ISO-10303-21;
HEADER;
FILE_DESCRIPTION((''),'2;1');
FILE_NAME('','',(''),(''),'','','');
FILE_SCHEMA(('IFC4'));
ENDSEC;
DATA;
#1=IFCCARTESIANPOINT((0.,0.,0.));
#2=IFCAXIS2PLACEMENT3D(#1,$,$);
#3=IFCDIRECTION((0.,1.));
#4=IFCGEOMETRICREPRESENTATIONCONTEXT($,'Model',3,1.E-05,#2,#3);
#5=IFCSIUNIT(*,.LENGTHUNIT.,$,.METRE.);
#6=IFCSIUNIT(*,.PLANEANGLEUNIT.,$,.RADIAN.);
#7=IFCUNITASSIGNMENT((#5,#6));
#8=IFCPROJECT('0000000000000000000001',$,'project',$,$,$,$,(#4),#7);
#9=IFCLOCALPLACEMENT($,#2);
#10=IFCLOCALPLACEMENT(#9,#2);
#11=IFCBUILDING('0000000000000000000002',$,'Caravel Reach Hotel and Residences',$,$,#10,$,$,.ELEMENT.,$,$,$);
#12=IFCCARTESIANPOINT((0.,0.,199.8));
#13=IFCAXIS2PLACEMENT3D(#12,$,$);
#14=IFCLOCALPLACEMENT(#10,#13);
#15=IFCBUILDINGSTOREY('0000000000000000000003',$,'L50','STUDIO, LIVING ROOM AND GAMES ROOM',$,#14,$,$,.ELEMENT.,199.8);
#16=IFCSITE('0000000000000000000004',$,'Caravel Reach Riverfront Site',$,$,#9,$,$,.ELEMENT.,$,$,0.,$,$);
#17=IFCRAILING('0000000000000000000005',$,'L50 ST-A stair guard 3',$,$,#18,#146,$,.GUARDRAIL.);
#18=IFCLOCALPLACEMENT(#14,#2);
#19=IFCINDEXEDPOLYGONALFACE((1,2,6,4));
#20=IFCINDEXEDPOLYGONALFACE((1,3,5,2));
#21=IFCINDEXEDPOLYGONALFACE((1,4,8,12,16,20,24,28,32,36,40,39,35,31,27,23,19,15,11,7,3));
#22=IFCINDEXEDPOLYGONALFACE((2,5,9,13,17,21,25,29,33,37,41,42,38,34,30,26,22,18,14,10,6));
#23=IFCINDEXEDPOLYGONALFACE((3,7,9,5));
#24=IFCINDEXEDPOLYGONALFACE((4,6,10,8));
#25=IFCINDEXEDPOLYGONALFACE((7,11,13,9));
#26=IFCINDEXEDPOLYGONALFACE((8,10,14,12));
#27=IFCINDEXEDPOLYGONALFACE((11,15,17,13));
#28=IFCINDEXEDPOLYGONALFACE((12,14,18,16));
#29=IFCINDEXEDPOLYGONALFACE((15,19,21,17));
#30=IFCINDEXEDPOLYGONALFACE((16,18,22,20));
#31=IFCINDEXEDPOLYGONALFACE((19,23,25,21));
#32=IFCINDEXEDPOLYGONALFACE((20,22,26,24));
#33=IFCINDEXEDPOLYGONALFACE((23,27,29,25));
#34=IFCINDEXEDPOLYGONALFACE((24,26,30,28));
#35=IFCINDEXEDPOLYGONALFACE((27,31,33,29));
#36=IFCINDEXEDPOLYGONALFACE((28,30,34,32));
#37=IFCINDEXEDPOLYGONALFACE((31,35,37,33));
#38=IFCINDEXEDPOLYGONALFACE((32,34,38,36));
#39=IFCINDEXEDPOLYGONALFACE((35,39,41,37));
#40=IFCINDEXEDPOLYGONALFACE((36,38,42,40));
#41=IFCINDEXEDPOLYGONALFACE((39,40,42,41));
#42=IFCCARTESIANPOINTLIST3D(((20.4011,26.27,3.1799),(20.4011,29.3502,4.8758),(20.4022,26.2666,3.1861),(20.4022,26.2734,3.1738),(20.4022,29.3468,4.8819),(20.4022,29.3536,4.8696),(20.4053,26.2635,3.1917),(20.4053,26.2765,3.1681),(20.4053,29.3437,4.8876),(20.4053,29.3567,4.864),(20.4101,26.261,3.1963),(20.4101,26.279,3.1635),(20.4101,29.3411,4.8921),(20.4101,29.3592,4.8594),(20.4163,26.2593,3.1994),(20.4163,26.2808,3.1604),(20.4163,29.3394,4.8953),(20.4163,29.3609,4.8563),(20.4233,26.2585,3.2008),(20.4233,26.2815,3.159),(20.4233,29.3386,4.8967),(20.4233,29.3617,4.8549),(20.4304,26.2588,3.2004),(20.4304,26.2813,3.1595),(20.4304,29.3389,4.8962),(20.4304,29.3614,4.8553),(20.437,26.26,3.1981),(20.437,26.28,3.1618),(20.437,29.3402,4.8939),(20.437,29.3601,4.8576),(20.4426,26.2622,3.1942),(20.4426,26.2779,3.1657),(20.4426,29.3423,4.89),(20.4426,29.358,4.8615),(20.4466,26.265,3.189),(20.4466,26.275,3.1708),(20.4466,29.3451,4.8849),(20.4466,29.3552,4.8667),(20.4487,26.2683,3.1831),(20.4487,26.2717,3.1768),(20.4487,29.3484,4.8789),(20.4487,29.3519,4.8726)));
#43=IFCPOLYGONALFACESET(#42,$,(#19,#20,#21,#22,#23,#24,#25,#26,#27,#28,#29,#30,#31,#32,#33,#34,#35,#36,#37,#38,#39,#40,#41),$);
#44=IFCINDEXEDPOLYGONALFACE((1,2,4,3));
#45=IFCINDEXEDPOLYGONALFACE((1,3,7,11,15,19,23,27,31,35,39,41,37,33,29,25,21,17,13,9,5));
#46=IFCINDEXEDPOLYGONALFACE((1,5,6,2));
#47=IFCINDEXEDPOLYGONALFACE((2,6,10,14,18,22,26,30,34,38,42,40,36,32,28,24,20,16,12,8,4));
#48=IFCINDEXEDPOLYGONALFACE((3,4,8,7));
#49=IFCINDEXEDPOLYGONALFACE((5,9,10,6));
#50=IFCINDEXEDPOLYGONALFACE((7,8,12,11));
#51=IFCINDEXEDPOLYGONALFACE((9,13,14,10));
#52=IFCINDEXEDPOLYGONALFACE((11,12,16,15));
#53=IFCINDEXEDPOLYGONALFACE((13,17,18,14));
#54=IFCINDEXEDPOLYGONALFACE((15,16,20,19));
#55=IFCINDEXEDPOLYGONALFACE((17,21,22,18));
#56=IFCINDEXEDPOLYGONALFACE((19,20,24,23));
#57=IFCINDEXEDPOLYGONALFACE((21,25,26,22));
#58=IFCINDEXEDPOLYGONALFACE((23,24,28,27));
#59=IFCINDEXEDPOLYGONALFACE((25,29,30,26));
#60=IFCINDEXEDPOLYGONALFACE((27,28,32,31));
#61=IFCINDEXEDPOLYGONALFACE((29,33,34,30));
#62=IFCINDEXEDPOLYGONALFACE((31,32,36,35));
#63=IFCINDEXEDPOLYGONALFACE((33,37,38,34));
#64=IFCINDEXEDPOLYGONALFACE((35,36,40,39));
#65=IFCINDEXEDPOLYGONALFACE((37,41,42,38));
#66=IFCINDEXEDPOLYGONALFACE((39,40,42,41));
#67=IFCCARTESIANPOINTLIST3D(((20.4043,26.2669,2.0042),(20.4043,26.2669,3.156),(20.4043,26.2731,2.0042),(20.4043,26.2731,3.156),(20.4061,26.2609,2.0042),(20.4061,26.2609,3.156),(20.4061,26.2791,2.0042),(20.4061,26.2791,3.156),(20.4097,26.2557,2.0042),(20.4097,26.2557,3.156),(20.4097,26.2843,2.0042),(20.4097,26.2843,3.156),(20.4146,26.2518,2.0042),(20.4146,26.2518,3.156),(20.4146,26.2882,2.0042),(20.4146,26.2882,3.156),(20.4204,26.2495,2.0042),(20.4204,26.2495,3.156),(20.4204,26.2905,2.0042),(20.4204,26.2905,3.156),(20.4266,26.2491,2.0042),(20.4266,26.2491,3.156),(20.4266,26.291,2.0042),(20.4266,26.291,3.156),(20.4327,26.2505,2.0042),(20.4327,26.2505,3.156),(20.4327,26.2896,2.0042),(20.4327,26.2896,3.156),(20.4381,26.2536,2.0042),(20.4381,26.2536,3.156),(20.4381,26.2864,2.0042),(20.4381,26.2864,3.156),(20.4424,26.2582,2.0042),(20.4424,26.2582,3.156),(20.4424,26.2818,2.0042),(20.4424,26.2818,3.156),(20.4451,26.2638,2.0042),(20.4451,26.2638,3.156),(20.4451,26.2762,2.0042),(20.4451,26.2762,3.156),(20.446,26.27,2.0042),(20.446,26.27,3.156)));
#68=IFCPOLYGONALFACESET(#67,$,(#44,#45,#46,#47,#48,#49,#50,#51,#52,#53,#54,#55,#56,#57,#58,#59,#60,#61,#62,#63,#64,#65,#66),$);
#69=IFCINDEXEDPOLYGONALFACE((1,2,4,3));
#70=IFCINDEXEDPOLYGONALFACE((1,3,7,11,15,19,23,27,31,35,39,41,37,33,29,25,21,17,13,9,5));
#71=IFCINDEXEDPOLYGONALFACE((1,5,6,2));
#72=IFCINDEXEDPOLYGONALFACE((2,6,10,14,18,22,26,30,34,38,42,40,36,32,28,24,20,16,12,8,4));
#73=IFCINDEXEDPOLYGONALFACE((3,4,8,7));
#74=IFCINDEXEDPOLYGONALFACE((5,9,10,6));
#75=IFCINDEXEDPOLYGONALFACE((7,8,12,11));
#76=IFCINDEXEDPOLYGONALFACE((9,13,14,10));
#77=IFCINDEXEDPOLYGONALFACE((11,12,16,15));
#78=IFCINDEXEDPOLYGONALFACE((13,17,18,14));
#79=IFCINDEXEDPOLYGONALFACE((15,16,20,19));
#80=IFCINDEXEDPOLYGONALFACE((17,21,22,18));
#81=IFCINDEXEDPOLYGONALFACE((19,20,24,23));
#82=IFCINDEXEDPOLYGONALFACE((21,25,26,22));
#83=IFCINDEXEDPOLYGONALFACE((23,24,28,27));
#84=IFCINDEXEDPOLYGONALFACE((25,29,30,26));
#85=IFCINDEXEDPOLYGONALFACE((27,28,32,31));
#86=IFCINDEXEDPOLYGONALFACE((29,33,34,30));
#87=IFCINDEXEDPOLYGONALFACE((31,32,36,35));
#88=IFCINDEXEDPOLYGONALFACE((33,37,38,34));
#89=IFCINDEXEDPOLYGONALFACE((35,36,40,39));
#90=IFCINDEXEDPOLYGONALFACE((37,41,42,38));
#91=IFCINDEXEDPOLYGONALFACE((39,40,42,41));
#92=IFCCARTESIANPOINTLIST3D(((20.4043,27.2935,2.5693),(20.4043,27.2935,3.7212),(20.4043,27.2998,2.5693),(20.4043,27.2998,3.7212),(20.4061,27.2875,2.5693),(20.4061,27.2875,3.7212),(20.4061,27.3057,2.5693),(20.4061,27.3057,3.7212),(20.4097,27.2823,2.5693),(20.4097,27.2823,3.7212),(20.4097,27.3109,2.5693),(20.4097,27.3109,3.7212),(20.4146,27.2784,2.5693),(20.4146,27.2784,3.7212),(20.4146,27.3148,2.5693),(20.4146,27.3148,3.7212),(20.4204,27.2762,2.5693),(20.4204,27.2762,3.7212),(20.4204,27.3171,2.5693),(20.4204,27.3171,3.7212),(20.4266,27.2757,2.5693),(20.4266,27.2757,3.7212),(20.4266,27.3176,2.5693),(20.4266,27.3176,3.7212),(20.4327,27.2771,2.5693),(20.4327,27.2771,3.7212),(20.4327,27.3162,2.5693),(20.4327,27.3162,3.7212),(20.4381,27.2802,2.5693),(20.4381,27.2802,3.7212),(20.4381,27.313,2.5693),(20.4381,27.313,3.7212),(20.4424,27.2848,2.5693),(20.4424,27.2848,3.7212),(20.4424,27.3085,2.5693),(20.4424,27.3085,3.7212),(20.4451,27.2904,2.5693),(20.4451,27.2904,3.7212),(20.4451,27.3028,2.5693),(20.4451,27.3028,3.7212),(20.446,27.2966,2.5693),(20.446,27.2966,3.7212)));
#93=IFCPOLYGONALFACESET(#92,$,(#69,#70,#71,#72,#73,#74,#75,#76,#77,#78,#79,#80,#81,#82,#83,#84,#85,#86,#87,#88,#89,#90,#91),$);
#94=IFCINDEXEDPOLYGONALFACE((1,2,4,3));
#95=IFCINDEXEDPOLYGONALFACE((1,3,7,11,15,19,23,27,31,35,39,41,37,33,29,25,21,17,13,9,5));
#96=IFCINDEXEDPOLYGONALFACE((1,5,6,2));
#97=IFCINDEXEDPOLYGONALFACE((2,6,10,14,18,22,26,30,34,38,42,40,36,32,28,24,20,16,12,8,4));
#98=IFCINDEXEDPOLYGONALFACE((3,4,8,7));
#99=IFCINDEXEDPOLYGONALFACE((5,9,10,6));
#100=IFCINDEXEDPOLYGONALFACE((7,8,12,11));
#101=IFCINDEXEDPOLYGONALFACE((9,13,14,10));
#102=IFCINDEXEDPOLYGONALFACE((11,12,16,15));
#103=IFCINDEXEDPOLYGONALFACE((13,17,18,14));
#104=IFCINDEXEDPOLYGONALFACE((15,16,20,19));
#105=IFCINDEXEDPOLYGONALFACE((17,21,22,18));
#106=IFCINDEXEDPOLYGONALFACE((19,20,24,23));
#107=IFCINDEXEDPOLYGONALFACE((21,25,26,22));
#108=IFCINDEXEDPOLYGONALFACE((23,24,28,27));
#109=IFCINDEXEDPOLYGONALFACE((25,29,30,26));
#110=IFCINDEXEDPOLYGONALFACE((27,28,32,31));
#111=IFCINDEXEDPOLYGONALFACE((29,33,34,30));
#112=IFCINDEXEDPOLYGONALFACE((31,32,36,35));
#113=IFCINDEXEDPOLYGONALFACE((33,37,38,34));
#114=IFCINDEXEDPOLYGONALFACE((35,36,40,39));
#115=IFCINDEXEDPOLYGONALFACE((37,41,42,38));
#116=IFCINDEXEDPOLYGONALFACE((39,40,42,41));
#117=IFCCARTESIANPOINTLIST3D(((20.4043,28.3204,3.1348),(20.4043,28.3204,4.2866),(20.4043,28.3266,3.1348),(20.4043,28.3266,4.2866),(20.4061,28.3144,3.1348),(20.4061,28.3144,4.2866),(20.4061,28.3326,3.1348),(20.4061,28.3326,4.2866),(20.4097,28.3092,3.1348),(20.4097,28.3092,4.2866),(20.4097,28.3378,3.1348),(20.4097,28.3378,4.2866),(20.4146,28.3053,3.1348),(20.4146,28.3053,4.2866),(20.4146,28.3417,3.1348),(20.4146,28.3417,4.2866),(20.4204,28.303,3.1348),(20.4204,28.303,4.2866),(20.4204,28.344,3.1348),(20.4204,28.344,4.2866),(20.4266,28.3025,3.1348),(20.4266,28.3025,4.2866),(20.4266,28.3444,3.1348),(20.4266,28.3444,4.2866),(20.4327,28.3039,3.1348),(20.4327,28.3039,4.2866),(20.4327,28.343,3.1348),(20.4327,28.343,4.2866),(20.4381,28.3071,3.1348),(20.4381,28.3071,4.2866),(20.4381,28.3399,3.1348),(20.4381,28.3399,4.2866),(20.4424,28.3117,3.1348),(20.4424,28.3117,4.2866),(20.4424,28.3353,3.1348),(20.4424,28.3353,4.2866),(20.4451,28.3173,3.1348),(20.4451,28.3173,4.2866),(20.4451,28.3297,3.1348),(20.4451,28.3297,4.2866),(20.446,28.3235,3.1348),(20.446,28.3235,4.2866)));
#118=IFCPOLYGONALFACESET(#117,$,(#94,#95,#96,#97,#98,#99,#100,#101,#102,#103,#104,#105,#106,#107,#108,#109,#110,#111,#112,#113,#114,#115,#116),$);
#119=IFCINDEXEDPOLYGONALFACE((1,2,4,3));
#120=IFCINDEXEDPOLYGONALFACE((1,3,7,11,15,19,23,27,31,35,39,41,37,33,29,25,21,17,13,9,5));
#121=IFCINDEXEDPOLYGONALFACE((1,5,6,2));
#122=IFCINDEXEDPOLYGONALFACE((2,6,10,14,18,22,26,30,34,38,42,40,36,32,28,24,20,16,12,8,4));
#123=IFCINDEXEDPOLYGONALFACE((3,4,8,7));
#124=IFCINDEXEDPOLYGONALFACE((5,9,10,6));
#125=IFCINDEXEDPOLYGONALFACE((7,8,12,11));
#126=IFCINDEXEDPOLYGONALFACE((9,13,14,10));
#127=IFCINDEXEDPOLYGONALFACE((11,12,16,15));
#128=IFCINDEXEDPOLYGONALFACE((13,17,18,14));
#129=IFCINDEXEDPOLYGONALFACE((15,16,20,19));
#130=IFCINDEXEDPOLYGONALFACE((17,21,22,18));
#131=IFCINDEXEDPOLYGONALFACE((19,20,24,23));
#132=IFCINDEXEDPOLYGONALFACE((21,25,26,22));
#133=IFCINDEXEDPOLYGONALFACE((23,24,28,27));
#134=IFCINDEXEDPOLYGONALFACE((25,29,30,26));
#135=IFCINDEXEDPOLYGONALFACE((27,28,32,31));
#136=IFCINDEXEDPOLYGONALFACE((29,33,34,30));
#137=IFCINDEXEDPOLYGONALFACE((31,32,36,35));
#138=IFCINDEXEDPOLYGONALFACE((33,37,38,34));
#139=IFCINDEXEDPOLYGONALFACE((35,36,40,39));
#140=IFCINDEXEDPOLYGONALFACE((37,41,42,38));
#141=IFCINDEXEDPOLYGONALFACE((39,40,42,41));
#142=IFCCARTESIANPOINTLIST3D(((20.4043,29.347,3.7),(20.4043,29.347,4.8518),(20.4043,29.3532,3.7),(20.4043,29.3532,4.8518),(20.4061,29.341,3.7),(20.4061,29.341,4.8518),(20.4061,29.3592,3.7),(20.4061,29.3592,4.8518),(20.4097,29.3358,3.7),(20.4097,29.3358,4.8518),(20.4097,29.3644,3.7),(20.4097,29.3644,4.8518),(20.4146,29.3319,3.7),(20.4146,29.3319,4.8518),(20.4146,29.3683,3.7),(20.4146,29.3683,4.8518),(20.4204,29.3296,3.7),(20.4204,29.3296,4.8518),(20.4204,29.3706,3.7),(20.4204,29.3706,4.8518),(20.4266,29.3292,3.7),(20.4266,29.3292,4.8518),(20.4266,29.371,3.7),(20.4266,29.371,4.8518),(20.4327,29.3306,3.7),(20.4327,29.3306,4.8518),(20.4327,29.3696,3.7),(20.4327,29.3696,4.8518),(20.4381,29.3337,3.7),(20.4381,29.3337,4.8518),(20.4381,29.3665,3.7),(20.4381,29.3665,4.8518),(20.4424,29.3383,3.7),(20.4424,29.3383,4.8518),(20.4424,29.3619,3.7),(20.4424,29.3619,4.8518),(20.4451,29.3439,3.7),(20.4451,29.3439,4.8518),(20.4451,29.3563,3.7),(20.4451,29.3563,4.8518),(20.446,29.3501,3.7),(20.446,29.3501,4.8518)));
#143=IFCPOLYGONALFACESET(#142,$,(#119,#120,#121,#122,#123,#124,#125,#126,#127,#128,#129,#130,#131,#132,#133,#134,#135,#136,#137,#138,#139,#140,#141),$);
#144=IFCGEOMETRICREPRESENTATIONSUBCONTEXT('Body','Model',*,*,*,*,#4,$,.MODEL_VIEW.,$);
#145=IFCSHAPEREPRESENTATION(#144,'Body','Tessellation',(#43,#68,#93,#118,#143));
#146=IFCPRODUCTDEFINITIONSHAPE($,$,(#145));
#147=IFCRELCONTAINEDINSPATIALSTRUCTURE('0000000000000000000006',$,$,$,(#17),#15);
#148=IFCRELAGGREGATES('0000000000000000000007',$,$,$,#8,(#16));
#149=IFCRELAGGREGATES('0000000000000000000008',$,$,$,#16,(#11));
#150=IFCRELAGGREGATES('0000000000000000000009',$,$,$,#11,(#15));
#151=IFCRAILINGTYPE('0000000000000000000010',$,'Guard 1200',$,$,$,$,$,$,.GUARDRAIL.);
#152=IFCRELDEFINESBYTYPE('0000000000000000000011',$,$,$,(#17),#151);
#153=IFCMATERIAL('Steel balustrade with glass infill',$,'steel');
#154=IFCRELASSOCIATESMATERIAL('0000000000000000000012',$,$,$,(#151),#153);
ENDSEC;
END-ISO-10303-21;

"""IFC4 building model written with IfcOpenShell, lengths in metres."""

from ifc_helpers import new_model, si_unit, direction, frame, origin, origin_2d, place, context, subcontext, project, spatial, circle, extrude, material, type_object, element, save


model = new_model("IFC4")

# Units and contexts
model_context = context("Model", 3, precision=1e-05, world=origin(), true_north=direction((0.0, 1.0)))
body_context = subcontext(model_context, "Body", "Model", "MODEL_VIEW")
ifc_project = project(units=[si_unit("LENGTHUNIT", "METRE"), si_unit("PLANEANGLEUNIT", "RADIAN")], contexts=[model_context])

# Site, building, storey
site_placement = place(None, origin())
site = spatial("IfcSite", under=ifc_project, at=site_placement, Name="Caravel Reach Riverfront Site", CompositionType="ELEMENT", RefElevation=0.0)
building_placement = place(site_placement, origin())
building = spatial("IfcBuilding", under=site, at=building_placement, Name="Caravel Reach Hotel and Residences", CompositionType="ELEMENT")
storey_placement = place(building_placement, frame((0.0, 0.0, 199.8)))
storey = spatial("IfcBuildingStorey", under=building, at=storey_placement, Name="L50", Description="STUDIO, LIVING ROOM AND GAMES ROOM", CompositionType="ELEMENT", Elevation=199.8)

# Railing
ifc_material_1 = material(Name="Steel balustrade with glass infill", Category="steel")
railing_type_1 = type_object("IfcRailingType", Name="Guard 1200", PredefinedType="GUARDRAIL", material=ifc_material_1)
railing_1_placement = place(storey_placement, frame((20.425, 26.27, 2.0042)))
element("IfcRailing", 1, at=railing_1_placement, inside=storey, type_object=railing_type_1, Name="L50 ST-A stair guard 3", PredefinedType="GUARDRAIL", context=body_context, shape_type="SweptSolid", body=[
    extrude(circle(Radius=0.0239, at=origin_2d()), frame((0.0, 0.0, 1.1758), z_axis=(0.0, 0.876005, 0.482303), x_axis=(-1.0, 0.0, 0.0)), (0.0, 0.0, 1.0), 3.5161),
    extrude(circle(Radius=0.021, at=origin_2d()), origin(), (0.0, 0.0, 1.0), 1.1519),
    extrude(circle(Radius=0.021, at=origin_2d()), frame((0.0, 1.0266, 0.5652)), (0.0, 0.0, 1.0), 1.1519),
    extrude(circle(Radius=0.021, at=origin_2d()), frame((0.0, 2.0535, 1.1306)), (0.0, 0.0, 1.0), 1.1519),
    extrude(circle(Radius=0.021, at=origin_2d()), frame((0.0, 3.0801, 1.6958)), (0.0, 0.0, 1.0), 1.1519),
])

save(model, "model.ifc")
